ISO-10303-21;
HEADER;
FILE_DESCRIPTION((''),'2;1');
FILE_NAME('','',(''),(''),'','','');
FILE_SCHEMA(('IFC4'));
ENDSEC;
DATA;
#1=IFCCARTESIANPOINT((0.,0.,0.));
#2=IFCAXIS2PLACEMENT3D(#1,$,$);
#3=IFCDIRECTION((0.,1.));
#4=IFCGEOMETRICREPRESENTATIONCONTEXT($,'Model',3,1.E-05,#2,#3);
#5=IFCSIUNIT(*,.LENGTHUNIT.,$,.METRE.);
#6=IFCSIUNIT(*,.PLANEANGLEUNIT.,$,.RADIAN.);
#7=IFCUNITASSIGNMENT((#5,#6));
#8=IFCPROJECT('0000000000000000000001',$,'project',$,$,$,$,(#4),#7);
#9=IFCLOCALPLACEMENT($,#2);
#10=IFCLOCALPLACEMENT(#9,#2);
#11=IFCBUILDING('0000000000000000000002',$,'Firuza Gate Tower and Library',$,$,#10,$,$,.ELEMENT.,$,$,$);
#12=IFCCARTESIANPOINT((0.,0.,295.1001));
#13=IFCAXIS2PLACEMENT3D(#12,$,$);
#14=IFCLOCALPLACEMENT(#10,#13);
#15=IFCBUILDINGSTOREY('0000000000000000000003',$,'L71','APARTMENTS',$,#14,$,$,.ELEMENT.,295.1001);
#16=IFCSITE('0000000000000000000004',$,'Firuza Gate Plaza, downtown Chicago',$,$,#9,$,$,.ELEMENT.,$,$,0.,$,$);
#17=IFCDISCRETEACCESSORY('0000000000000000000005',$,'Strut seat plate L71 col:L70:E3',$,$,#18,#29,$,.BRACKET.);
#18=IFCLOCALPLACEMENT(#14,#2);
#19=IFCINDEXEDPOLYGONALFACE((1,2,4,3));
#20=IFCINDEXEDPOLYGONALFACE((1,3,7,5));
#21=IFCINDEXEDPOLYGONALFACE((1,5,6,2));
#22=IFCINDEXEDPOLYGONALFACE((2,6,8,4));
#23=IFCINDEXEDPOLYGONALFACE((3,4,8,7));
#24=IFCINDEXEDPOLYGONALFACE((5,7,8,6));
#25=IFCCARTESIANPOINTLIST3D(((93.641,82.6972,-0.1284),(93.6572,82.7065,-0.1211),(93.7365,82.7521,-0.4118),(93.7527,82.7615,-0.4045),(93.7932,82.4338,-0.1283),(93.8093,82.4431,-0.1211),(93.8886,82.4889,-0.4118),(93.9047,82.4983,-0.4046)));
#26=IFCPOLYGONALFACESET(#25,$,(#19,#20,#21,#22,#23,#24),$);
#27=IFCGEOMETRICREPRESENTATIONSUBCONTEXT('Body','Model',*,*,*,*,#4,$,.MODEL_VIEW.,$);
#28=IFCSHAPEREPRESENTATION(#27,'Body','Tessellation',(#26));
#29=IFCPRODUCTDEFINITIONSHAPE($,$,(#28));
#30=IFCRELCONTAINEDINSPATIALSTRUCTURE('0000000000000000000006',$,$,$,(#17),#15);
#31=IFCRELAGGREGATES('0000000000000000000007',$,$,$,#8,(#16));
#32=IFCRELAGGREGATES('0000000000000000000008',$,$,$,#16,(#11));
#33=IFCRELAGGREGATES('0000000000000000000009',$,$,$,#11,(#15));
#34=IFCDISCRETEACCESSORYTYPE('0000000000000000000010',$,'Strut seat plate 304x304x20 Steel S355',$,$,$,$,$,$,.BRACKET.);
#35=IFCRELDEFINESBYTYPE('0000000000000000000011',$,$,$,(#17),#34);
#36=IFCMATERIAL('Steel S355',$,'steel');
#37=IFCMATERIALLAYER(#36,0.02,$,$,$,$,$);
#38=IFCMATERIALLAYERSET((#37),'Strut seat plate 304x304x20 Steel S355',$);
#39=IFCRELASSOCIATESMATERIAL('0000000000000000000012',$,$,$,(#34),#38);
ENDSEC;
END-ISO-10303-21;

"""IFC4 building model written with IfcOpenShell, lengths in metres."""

from ifc_helpers import new_model, si_unit, direction, frame, origin, place, context, subcontext, project, spatial, polyline, outline, extrude, material, layer, layer_set, type_object, element, save


model = new_model("IFC4")

# Units and contexts
model_context = context("Model", 3, precision=1e-05, world=origin(), true_north=direction((0.0, 1.0)))
body_context = subcontext(model_context, "Body", "Model", "MODEL_VIEW")
ifc_project = project(units=[si_unit("LENGTHUNIT", "METRE"), si_unit("PLANEANGLEUNIT", "RADIAN")], contexts=[model_context])

# Site, building, storey
site_placement = place(None, origin())
site = spatial("IfcSite", under=ifc_project, at=site_placement, Name="Firuza Gate Plaza, downtown Chicago", CompositionType="ELEMENT", RefElevation=0.0)
building_placement = place(site_placement, origin())
building = spatial("IfcBuilding", under=site, at=building_placement, Name="Firuza Gate Tower and Library", CompositionType="ELEMENT")
storey_placement = place(building_placement, frame((0.0, 0.0, 295.1001)))
storey = spatial("IfcBuildingStorey", under=building, at=storey_placement, Name="L71", Description="APARTMENTS", CompositionType="ELEMENT", Elevation=295.1001)

# Discrete accessory
ifc_material_1 = material(Name="Steel S355", Category="steel")
ifc_layer_1 = layer(ifc_material_1, 0.02)
ifc_layer_set_1 = layer_set([ifc_layer_1], Name="Strut seat plate 304x304x20 Steel S355")
discrete_accessory_type = type_object("IfcDiscreteAccessoryType", Name="Strut seat plate 304x304x20 Steel S355", PredefinedType="BRACKET", material=ifc_layer_set_1)
discrete_accessory_1_placement = place(storey_placement, frame((93.8093, 82.4431, -0.1211), z_axis=(0.807065, 0.466204, 0.362353), x_axis=(-0.500175, 0.865925, -0.000068)))
element("IfcDiscreteAccessory", 1, at=discrete_accessory_1_placement, inside=storey, type_object=discrete_accessory_type, Name="Strut seat plate L71 col:L70:E3", PredefinedType="BRACKET", context=body_context, shape_type="SweptSolid", body=[
    extrude(outline(polyline([(0.0, 0.0), (0.3042, 0.0), (0.304, -0.3041), (0.0001, -0.3041), (0.0, 0.0)])), origin(), (0.0, 0.0, -1.0), 0.02),
])

save(model, "model.ifc")
